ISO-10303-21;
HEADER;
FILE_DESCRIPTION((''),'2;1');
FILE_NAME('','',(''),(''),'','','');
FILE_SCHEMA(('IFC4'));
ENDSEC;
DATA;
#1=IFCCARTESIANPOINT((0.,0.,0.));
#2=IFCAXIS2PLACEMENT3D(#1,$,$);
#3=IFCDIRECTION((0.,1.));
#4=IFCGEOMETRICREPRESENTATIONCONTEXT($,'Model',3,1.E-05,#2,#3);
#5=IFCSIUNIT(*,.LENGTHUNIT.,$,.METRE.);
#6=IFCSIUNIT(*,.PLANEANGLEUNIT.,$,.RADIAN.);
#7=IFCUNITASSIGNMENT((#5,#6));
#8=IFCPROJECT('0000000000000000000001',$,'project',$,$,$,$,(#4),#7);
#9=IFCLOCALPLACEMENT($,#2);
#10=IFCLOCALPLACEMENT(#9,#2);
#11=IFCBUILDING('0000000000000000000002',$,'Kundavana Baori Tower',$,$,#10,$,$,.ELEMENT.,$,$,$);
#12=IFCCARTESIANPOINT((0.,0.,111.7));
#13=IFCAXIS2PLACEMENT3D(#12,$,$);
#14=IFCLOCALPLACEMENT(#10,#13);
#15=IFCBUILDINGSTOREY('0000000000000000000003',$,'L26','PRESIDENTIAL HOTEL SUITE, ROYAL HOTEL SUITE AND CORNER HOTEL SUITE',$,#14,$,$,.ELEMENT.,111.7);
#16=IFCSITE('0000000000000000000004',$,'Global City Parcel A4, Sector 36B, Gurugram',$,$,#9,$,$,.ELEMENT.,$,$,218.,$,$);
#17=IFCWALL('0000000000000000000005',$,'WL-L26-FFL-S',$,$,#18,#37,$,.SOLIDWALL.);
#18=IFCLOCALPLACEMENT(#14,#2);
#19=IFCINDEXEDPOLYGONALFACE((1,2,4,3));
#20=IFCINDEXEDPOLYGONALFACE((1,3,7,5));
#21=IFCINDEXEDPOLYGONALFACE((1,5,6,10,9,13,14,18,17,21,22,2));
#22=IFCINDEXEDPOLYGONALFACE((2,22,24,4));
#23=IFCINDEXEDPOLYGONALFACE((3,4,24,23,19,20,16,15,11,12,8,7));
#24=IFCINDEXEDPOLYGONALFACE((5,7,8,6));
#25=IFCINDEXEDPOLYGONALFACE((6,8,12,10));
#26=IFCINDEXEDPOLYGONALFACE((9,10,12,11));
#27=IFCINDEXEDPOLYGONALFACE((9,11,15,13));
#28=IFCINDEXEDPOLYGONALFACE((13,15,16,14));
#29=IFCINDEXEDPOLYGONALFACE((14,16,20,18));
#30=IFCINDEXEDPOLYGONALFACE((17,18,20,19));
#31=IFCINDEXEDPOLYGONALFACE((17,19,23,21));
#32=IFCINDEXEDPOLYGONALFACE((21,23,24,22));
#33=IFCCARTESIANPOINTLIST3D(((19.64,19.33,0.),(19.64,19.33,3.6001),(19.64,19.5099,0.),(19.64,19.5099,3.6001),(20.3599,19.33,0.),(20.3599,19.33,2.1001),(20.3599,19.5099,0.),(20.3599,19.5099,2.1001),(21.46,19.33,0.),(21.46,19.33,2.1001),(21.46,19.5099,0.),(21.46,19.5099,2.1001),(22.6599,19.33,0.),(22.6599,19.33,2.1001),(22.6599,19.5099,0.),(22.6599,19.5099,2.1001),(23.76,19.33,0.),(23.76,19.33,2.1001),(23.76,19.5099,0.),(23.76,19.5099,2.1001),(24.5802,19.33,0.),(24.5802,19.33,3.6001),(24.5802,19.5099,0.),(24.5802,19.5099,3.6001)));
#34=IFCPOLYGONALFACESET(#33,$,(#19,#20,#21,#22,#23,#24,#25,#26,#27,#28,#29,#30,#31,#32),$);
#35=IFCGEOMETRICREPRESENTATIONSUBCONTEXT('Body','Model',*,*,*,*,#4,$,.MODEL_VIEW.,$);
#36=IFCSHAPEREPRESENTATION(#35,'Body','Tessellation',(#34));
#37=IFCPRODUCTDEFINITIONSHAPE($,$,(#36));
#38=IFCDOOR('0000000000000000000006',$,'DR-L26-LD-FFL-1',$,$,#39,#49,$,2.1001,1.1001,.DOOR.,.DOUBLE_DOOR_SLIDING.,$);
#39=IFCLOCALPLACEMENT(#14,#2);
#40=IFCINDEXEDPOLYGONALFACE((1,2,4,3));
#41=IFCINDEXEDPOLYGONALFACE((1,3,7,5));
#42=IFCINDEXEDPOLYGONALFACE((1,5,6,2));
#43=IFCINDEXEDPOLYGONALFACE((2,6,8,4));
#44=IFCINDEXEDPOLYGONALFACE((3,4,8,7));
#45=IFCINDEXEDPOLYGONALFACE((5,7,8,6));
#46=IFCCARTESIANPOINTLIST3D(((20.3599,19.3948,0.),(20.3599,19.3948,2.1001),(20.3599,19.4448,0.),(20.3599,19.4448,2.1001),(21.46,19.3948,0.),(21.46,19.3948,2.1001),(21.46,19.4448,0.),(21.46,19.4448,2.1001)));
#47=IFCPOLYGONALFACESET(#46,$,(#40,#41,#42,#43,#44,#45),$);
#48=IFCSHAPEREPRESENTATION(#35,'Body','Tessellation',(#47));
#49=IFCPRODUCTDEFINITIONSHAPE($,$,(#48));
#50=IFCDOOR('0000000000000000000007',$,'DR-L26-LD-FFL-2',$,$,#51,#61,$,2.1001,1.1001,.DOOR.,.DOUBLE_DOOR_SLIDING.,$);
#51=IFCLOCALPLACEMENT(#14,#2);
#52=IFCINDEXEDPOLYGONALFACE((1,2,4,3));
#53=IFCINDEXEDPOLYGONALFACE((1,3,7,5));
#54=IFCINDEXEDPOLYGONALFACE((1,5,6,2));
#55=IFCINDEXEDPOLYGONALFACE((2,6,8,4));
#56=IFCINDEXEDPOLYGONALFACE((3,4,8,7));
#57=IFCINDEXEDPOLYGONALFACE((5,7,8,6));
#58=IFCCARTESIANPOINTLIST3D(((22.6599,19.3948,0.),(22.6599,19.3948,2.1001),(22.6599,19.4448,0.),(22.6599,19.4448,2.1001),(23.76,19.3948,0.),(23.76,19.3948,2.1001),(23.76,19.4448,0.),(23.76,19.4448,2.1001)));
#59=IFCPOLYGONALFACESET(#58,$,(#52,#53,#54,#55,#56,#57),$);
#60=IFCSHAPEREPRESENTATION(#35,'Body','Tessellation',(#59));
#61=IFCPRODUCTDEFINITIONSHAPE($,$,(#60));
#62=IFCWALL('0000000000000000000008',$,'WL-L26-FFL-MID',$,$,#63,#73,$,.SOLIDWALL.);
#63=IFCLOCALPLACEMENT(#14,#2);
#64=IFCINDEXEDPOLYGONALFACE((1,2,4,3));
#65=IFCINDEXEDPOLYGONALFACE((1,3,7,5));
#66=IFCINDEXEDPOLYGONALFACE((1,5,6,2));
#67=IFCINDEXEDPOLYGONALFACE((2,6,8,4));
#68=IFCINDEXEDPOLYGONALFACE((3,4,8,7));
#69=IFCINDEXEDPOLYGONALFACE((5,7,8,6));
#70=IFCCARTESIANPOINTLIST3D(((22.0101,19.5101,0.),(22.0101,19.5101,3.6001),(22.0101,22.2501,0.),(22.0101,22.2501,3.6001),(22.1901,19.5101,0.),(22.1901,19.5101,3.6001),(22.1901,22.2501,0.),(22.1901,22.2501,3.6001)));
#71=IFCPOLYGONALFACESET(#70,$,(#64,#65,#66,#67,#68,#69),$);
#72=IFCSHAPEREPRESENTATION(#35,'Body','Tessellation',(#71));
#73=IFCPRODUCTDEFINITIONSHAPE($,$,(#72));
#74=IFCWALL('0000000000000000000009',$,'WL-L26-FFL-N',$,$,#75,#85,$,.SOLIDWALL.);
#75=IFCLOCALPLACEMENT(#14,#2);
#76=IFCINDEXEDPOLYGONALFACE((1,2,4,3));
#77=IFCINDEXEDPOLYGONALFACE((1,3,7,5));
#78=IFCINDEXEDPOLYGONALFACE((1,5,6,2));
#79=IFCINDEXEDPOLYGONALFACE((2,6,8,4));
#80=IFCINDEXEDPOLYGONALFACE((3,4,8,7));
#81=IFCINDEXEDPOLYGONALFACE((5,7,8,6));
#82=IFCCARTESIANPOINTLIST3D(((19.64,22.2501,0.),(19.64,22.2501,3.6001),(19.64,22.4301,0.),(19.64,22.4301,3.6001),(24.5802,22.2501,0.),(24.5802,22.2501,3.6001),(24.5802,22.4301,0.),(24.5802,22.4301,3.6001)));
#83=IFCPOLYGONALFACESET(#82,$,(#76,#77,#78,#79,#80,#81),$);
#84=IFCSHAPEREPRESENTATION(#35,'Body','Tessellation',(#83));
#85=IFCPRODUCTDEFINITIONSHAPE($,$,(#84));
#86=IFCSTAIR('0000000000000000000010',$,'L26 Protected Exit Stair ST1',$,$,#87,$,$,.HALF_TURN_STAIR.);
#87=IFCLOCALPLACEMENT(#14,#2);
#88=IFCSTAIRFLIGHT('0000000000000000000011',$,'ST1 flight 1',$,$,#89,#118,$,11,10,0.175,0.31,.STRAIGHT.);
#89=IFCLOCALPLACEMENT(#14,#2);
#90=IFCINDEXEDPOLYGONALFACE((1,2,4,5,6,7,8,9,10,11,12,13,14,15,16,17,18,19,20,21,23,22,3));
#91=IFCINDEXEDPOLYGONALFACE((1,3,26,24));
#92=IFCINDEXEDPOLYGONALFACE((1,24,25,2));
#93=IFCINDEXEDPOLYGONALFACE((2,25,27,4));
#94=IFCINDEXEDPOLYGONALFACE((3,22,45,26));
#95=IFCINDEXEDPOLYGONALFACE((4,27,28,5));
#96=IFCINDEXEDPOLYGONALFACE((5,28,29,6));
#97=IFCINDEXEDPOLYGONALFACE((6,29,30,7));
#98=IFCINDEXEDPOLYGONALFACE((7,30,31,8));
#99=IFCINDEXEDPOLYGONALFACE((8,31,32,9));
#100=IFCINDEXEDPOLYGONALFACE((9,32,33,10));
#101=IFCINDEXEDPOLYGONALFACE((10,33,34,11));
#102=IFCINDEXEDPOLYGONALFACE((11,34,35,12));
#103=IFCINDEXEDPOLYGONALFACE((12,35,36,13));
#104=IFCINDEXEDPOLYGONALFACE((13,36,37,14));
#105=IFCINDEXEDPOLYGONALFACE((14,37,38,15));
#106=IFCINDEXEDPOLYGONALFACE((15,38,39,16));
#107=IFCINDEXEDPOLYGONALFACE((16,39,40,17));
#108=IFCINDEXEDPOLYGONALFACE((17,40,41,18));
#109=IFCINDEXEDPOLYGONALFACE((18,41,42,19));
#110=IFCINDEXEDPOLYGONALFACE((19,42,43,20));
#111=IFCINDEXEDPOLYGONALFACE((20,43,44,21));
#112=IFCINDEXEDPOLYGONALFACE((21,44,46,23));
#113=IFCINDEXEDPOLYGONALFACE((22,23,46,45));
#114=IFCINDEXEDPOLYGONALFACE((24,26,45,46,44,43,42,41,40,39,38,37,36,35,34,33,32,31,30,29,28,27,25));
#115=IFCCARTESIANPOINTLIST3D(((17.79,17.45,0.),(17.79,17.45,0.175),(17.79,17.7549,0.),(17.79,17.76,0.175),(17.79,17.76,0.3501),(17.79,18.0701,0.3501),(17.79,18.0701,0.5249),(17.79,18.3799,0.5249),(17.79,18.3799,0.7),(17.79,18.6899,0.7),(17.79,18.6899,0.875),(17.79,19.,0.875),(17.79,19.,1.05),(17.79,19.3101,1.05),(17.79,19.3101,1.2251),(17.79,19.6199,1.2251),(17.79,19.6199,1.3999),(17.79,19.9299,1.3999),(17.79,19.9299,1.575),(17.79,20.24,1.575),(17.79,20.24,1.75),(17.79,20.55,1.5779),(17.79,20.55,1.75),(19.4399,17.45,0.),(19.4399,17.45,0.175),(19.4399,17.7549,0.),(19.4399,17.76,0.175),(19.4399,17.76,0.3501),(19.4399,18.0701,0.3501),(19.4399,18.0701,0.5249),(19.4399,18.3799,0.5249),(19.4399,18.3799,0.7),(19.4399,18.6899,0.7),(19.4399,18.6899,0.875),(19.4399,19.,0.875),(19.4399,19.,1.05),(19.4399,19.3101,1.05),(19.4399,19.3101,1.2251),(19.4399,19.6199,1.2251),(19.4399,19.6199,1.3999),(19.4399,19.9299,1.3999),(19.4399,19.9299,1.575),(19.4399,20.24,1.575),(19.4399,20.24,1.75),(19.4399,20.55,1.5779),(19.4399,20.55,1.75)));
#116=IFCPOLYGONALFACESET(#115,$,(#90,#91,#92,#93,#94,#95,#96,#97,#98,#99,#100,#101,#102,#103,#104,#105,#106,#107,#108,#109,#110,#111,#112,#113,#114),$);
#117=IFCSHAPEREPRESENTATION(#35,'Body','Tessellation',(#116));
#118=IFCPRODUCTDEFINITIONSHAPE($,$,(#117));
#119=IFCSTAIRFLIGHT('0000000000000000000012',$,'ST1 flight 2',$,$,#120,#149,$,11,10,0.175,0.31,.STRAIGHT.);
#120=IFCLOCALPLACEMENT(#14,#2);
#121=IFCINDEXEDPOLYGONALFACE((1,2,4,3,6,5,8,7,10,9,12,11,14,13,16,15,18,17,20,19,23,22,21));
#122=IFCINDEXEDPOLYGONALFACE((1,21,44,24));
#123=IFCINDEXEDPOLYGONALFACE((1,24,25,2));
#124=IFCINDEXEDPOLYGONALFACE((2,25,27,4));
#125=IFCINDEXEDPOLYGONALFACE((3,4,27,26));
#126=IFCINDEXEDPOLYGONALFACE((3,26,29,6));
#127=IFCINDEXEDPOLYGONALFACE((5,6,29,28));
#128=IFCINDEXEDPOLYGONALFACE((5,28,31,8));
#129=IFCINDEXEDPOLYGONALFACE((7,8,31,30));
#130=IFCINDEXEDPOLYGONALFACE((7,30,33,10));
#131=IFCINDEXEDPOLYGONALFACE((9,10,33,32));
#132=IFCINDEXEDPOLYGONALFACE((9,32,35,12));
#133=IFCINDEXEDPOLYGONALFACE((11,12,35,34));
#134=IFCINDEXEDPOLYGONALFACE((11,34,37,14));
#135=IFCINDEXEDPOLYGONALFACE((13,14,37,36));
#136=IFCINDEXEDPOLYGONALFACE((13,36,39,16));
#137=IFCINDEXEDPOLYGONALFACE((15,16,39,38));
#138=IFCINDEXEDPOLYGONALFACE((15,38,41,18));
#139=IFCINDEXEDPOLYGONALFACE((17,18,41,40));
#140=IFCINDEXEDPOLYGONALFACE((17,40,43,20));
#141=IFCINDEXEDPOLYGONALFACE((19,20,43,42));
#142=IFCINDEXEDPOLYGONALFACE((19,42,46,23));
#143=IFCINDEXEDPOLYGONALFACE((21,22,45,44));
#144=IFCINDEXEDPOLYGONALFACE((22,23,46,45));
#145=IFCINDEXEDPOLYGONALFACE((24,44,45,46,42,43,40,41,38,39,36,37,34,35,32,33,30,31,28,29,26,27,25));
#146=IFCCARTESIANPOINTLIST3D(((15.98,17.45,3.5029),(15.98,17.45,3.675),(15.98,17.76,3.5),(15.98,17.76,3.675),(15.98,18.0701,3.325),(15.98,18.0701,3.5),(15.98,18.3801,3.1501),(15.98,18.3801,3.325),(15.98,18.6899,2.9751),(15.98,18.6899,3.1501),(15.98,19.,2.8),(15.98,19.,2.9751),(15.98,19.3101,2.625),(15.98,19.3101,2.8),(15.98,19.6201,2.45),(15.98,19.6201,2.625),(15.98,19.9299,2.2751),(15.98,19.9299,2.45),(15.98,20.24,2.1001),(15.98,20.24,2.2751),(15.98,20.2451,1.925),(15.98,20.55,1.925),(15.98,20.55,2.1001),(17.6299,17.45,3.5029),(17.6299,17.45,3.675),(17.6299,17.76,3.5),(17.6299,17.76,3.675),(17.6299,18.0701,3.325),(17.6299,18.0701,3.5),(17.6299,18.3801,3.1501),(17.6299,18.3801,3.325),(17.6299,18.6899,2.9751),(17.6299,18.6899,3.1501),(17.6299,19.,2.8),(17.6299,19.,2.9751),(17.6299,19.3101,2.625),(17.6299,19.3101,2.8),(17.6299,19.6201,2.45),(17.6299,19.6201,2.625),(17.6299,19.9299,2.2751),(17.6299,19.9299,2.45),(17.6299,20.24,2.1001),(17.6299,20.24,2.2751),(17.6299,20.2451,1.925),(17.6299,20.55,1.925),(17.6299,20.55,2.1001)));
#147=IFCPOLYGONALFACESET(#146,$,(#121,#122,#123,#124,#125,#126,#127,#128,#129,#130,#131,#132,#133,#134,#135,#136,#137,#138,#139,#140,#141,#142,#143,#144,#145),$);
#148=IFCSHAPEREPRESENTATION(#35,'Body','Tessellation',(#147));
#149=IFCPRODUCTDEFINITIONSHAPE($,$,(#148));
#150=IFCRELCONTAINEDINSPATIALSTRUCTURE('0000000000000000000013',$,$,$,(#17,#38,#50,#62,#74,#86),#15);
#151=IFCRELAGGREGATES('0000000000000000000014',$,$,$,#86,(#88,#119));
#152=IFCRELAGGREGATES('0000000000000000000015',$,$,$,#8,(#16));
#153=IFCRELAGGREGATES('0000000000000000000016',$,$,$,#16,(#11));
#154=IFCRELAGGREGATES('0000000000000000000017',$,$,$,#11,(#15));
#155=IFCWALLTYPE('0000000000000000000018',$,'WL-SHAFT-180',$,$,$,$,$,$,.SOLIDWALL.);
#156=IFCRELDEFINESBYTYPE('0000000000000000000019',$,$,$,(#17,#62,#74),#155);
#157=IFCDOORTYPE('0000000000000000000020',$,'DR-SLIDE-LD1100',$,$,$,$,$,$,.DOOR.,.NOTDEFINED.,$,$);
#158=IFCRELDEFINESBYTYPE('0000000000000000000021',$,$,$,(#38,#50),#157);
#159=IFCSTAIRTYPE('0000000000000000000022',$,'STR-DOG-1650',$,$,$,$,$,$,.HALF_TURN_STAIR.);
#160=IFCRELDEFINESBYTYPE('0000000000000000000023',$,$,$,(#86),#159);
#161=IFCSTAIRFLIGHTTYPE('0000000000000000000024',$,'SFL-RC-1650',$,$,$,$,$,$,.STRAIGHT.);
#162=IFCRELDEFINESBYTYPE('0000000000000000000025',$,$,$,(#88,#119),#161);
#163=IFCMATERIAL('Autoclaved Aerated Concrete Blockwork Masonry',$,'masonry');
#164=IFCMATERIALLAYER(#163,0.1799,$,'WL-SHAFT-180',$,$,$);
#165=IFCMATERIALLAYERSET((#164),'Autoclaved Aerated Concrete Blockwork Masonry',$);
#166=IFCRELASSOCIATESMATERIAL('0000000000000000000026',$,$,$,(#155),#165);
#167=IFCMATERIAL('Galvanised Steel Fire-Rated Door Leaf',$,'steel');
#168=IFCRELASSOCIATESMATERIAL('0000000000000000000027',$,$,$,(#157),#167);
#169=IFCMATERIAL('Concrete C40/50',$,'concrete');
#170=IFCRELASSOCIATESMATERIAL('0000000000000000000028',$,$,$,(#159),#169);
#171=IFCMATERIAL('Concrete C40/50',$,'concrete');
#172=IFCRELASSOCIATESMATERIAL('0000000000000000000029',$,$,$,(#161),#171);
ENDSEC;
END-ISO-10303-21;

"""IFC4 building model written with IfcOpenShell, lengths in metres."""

from ifc_helpers import new_model, si_unit, direction, frame, frame_2d, origin, place, context, subcontext, project, spatial, polyline, rectangle, outline, extrude, material, layer, layer_set, type_object, element, fill, aggregate, save


model = new_model("IFC4")

# Units and contexts
model_context = context("Model", 3, precision=1e-05, world=origin(), true_north=direction((0.0, 1.0)))
body_context = subcontext(model_context, "Body", "Model", "MODEL_VIEW")
ifc_project = project(units=[si_unit("LENGTHUNIT", "METRE"), si_unit("PLANEANGLEUNIT", "RADIAN")], contexts=[model_context])

# Site, building, storey
site_placement = place(None, origin())
site = spatial("IfcSite", under=ifc_project, at=site_placement, Name="Global City Parcel A4, Sector 36B, Gurugram", CompositionType="ELEMENT", RefElevation=218.0)
building_placement = place(site_placement, origin())
building = spatial("IfcBuilding", under=site, at=building_placement, Name="Kundavana Baori Tower", CompositionType="ELEMENT")
storey_placement = place(building_placement, frame((0.0, 0.0, 111.7)))
storey = spatial("IfcBuildingStorey", under=building, at=storey_placement, Name="L26", Description="PRESIDENTIAL HOTEL SUITE, ROYAL HOTEL SUITE AND CORNER HOTEL SUITE", CompositionType="ELEMENT", Elevation=111.7)

# Wall, openings, doors
ifc_material_1 = material(Name="Autoclaved Aerated Concrete Blockwork Masonry", Category="masonry")
ifc_layer_1 = layer(ifc_material_1, 0.1799, Name="WL-SHAFT-180")
ifc_layer_set_1 = layer_set([ifc_layer_1], Name="Autoclaved Aerated Concrete Blockwork Masonry")
wall_type_1 = type_object("IfcWallType", Name="WL-SHAFT-180", PredefinedType="SOLIDWALL", material=ifc_layer_set_1)
wall_1_placement = place(storey_placement, frame((19.6399, 19.4199, 0.0), z_axis=(0.0, 0.0, 1.0), x_axis=(1.0, 0.0, 0.0)))
wall_1 = element("IfcWall", 1, at=wall_1_placement, inside=storey, type_object=wall_type_1, Name="WL-L26-FFL-S", PredefinedType="SOLIDWALL", context=body_context, shape_type="SweptSolid", body=[
    extrude(rectangle(XDim=4.9402, YDim=0.1799, at=frame_2d((2.4702, 0.0))), origin(), (0.0, 0.0, 1.0), 3.6001),
])
opening_1_placement = place(wall_1_placement, frame((0.72, 0.0, 0.0)))
opening_1 = element("IfcOpeningElement", 2, at=opening_1_placement, cuts=wall_1, PredefinedType="OPENING", context=body_context, shape_type="SweptSolid", body=[
    extrude(rectangle(XDim=1.1001, YDim=2.1001, at=frame_2d((0.55, 1.05))), frame((0.0, 0.1001, 0.0), z_axis=(0.0, -1.0, 0.0), x_axis=(1.0, 0.0, 0.0)), (0.0, 0.0, 1.0), 0.2),
])
opening_2_placement = place(wall_1_placement, frame((3.02, 0.0, 0.0)))
opening_2 = element("IfcOpeningElement", 3, at=opening_2_placement, cuts=wall_1, PredefinedType="OPENING", context=body_context, shape_type="SweptSolid", body=[
    extrude(rectangle(XDim=1.1001, YDim=2.1001, at=frame_2d((0.55, 1.05))), frame((0.0, 0.1001, 0.0), z_axis=(0.0, -1.0, 0.0), x_axis=(1.0, 0.0, 0.0)), (0.0, 0.0, 1.0), 0.2),
])
ifc_material_2 = material(Name="Galvanised Steel Fire-Rated Door Leaf", Category="steel")
door_type_1 = type_object("IfcDoorType", Name="DR-SLIDE-LD1100", OperationType="NOTDEFINED", PredefinedType="DOOR", material=ifc_material_2)
door_1_placement = place(opening_1_placement, origin())
door_1 = element("IfcDoor", 4, at=door_1_placement, inside=storey, type_object=door_type_1, Name="DR-L26-LD-FFL-1", OperationType="DOUBLE_DOOR_SLIDING", OverallHeight=2.1001, OverallWidth=1.1001, PredefinedType="DOOR", context=body_context, shape_type="SweptSolid", body=[
    extrude(rectangle(XDim=1.1001, YDim=2.1001, at=frame_2d((0.55, 1.05))), frame((0.0, 0.0249, 0.0), z_axis=(0.0, -1.0, 0.0), x_axis=(1.0, 0.0, 0.0)), (0.0, 0.0, 1.0), 0.05),
])
fill(opening_1, door_1)
door_2_placement = place(opening_2_placement, origin())
door_2 = element("IfcDoor", 5, at=door_2_placement, inside=storey, type_object=door_type_1, Name="DR-L26-LD-FFL-2", OperationType="DOUBLE_DOOR_SLIDING", OverallHeight=2.1001, OverallWidth=1.1001, PredefinedType="DOOR", context=body_context, shape_type="SweptSolid", body=[
    extrude(rectangle(XDim=1.1001, YDim=2.1001, at=frame_2d((0.55, 1.05))), frame((0.0, 0.0249, 0.0), z_axis=(0.0, -1.0, 0.0), x_axis=(1.0, 0.0, 0.0)), (0.0, 0.0, 1.0), 0.05),
])
fill(opening_2, door_2)

# Walls
wall_2_placement = place(storey_placement, frame((22.1001, 19.51, 0.0), z_axis=(0.0, 0.0, 1.0), x_axis=(0.0, 1.0, 0.0)))
element("IfcWall", 6, at=wall_2_placement, inside=storey, type_object=wall_type_1, Name="WL-L26-FFL-MID", PredefinedType="SOLIDWALL", context=body_context, shape_type="SweptSolid", body=[
    extrude(rectangle(XDim=2.74, YDim=0.1799, at=frame_2d((1.3701, 0.0))), origin(), (0.0, 0.0, 1.0), 3.6001),
])
wall_3_placement = place(storey_placement, frame((19.6399, 22.3401, 0.0), z_axis=(0.0, 0.0, 1.0), x_axis=(1.0, 0.0, 0.0)))
element("IfcWall", 7, at=wall_3_placement, inside=storey, type_object=wall_type_1, Name="WL-L26-FFL-N", PredefinedType="SOLIDWALL", context=body_context, shape_type="SweptSolid", body=[
    extrude(rectangle(XDim=4.9402, YDim=0.1799, at=frame_2d((2.4702, 0.0))), origin(), (0.0, 0.0, 1.0), 3.6001),
])

# Stair, stair flights
ifc_material_3 = material(Name="Concrete C40/50", Category="concrete")
stair_type = type_object("IfcStairType", Name="STR-DOG-1650", PredefinedType="HALF_TURN_STAIR", material=ifc_material_3)
stair_placement = place(storey_placement, origin())
stair = element("IfcStair", 8, at=stair_placement, inside=storey, type_object=stair_type, Name="L26 Protected Exit Stair ST1", PredefinedType="HALF_TURN_STAIR")
ifc_material_4 = material(Name="Concrete C40/50", Category="concrete")
stair_flight_type = type_object("IfcStairFlightType", Name="SFL-RC-1650", PredefinedType="STRAIGHT", material=ifc_material_4)
stair_flight_1_placement = place(storey_placement, frame((18.615, 17.45, 0.0), z_axis=(0.0, 0.0, 1.0), x_axis=(0.0, 1.0, 0.0)))
stair_flight_1 = element("IfcStairFlight", 9, at=stair_flight_1_placement, type_object=stair_flight_type, Name="ST1 flight 1", NumberOfRisers=11, NumberOfTreads=10, PredefinedType="STRAIGHT", RiserHeight=0.175, TreadLength=0.31, context=body_context, shape_type="SweptSolid", body=[
    extrude(outline(polyline([(0.0, 0.0), (0.0, 0.175), (0.3101, 0.175), (0.3101, 0.3501), (0.6201, 0.3501), (0.6201, 0.5249), (0.9299, 0.5249), (0.9299, 0.7), (1.24, 0.7), (1.24, 0.875), (1.55, 0.875), (1.55, 1.05), (1.8601, 1.05), (1.8601, 1.2251), (2.1699, 1.2251), (2.1699, 1.3999), (2.48, 1.3999), (2.48, 1.575), (2.79, 1.575), (2.79, 1.75), (3.1001, 1.75), (3.1001, 1.925), (3.1001, 1.5779), (0.3049, 0.0), (0.0, 0.0)])), frame((0.0, 0.825, 0.0), z_axis=(0.0, -1.0, 0.0), x_axis=(1.0, 0.0, 0.0)), (0.0, 0.0, 1.0), 1.6499),
])
stair_flight_2_placement = place(storey_placement, frame((16.8049, 20.55, 1.925), z_axis=(0.0, 0.0, 1.0), x_axis=(0.0, -1.0, 0.0)))
stair_flight_2 = element("IfcStairFlight", 10, at=stair_flight_2_placement, type_object=stair_flight_type, Name="ST1 flight 2", NumberOfRisers=11, NumberOfTreads=10, PredefinedType="STRAIGHT", RiserHeight=0.175, TreadLength=0.31, context=body_context, shape_type="SweptSolid", body=[
    extrude(outline(polyline([(0.0, 0.0), (0.0, 0.175), (0.3101, 0.175), (0.3101, 0.3501), (0.6201, 0.3501), (0.6201, 0.5249), (0.9299, 0.5249), (0.9299, 0.7), (1.24, 0.7), (1.24, 0.875), (1.55, 0.875), (1.55, 1.05), (1.8601, 1.05), (1.8601, 1.2251), (2.1699, 1.2251), (2.1699, 1.3999), (2.48, 1.3999), (2.48, 1.575), (2.79, 1.575), (2.79, 1.75), (3.1001, 1.75), (3.1001, 1.925), (3.1001, 1.5779), (0.3049, 0.0), (0.0, 0.0)])), frame((0.0, 0.825, 0.0), z_axis=(0.0, -1.0, 0.0), x_axis=(1.0, 0.0, 0.0)), (0.0, 0.0, 1.0), 1.6499),
])
aggregate(stair, [stair_flight_1, stair_flight_2])

save(model, "model.ifc")
